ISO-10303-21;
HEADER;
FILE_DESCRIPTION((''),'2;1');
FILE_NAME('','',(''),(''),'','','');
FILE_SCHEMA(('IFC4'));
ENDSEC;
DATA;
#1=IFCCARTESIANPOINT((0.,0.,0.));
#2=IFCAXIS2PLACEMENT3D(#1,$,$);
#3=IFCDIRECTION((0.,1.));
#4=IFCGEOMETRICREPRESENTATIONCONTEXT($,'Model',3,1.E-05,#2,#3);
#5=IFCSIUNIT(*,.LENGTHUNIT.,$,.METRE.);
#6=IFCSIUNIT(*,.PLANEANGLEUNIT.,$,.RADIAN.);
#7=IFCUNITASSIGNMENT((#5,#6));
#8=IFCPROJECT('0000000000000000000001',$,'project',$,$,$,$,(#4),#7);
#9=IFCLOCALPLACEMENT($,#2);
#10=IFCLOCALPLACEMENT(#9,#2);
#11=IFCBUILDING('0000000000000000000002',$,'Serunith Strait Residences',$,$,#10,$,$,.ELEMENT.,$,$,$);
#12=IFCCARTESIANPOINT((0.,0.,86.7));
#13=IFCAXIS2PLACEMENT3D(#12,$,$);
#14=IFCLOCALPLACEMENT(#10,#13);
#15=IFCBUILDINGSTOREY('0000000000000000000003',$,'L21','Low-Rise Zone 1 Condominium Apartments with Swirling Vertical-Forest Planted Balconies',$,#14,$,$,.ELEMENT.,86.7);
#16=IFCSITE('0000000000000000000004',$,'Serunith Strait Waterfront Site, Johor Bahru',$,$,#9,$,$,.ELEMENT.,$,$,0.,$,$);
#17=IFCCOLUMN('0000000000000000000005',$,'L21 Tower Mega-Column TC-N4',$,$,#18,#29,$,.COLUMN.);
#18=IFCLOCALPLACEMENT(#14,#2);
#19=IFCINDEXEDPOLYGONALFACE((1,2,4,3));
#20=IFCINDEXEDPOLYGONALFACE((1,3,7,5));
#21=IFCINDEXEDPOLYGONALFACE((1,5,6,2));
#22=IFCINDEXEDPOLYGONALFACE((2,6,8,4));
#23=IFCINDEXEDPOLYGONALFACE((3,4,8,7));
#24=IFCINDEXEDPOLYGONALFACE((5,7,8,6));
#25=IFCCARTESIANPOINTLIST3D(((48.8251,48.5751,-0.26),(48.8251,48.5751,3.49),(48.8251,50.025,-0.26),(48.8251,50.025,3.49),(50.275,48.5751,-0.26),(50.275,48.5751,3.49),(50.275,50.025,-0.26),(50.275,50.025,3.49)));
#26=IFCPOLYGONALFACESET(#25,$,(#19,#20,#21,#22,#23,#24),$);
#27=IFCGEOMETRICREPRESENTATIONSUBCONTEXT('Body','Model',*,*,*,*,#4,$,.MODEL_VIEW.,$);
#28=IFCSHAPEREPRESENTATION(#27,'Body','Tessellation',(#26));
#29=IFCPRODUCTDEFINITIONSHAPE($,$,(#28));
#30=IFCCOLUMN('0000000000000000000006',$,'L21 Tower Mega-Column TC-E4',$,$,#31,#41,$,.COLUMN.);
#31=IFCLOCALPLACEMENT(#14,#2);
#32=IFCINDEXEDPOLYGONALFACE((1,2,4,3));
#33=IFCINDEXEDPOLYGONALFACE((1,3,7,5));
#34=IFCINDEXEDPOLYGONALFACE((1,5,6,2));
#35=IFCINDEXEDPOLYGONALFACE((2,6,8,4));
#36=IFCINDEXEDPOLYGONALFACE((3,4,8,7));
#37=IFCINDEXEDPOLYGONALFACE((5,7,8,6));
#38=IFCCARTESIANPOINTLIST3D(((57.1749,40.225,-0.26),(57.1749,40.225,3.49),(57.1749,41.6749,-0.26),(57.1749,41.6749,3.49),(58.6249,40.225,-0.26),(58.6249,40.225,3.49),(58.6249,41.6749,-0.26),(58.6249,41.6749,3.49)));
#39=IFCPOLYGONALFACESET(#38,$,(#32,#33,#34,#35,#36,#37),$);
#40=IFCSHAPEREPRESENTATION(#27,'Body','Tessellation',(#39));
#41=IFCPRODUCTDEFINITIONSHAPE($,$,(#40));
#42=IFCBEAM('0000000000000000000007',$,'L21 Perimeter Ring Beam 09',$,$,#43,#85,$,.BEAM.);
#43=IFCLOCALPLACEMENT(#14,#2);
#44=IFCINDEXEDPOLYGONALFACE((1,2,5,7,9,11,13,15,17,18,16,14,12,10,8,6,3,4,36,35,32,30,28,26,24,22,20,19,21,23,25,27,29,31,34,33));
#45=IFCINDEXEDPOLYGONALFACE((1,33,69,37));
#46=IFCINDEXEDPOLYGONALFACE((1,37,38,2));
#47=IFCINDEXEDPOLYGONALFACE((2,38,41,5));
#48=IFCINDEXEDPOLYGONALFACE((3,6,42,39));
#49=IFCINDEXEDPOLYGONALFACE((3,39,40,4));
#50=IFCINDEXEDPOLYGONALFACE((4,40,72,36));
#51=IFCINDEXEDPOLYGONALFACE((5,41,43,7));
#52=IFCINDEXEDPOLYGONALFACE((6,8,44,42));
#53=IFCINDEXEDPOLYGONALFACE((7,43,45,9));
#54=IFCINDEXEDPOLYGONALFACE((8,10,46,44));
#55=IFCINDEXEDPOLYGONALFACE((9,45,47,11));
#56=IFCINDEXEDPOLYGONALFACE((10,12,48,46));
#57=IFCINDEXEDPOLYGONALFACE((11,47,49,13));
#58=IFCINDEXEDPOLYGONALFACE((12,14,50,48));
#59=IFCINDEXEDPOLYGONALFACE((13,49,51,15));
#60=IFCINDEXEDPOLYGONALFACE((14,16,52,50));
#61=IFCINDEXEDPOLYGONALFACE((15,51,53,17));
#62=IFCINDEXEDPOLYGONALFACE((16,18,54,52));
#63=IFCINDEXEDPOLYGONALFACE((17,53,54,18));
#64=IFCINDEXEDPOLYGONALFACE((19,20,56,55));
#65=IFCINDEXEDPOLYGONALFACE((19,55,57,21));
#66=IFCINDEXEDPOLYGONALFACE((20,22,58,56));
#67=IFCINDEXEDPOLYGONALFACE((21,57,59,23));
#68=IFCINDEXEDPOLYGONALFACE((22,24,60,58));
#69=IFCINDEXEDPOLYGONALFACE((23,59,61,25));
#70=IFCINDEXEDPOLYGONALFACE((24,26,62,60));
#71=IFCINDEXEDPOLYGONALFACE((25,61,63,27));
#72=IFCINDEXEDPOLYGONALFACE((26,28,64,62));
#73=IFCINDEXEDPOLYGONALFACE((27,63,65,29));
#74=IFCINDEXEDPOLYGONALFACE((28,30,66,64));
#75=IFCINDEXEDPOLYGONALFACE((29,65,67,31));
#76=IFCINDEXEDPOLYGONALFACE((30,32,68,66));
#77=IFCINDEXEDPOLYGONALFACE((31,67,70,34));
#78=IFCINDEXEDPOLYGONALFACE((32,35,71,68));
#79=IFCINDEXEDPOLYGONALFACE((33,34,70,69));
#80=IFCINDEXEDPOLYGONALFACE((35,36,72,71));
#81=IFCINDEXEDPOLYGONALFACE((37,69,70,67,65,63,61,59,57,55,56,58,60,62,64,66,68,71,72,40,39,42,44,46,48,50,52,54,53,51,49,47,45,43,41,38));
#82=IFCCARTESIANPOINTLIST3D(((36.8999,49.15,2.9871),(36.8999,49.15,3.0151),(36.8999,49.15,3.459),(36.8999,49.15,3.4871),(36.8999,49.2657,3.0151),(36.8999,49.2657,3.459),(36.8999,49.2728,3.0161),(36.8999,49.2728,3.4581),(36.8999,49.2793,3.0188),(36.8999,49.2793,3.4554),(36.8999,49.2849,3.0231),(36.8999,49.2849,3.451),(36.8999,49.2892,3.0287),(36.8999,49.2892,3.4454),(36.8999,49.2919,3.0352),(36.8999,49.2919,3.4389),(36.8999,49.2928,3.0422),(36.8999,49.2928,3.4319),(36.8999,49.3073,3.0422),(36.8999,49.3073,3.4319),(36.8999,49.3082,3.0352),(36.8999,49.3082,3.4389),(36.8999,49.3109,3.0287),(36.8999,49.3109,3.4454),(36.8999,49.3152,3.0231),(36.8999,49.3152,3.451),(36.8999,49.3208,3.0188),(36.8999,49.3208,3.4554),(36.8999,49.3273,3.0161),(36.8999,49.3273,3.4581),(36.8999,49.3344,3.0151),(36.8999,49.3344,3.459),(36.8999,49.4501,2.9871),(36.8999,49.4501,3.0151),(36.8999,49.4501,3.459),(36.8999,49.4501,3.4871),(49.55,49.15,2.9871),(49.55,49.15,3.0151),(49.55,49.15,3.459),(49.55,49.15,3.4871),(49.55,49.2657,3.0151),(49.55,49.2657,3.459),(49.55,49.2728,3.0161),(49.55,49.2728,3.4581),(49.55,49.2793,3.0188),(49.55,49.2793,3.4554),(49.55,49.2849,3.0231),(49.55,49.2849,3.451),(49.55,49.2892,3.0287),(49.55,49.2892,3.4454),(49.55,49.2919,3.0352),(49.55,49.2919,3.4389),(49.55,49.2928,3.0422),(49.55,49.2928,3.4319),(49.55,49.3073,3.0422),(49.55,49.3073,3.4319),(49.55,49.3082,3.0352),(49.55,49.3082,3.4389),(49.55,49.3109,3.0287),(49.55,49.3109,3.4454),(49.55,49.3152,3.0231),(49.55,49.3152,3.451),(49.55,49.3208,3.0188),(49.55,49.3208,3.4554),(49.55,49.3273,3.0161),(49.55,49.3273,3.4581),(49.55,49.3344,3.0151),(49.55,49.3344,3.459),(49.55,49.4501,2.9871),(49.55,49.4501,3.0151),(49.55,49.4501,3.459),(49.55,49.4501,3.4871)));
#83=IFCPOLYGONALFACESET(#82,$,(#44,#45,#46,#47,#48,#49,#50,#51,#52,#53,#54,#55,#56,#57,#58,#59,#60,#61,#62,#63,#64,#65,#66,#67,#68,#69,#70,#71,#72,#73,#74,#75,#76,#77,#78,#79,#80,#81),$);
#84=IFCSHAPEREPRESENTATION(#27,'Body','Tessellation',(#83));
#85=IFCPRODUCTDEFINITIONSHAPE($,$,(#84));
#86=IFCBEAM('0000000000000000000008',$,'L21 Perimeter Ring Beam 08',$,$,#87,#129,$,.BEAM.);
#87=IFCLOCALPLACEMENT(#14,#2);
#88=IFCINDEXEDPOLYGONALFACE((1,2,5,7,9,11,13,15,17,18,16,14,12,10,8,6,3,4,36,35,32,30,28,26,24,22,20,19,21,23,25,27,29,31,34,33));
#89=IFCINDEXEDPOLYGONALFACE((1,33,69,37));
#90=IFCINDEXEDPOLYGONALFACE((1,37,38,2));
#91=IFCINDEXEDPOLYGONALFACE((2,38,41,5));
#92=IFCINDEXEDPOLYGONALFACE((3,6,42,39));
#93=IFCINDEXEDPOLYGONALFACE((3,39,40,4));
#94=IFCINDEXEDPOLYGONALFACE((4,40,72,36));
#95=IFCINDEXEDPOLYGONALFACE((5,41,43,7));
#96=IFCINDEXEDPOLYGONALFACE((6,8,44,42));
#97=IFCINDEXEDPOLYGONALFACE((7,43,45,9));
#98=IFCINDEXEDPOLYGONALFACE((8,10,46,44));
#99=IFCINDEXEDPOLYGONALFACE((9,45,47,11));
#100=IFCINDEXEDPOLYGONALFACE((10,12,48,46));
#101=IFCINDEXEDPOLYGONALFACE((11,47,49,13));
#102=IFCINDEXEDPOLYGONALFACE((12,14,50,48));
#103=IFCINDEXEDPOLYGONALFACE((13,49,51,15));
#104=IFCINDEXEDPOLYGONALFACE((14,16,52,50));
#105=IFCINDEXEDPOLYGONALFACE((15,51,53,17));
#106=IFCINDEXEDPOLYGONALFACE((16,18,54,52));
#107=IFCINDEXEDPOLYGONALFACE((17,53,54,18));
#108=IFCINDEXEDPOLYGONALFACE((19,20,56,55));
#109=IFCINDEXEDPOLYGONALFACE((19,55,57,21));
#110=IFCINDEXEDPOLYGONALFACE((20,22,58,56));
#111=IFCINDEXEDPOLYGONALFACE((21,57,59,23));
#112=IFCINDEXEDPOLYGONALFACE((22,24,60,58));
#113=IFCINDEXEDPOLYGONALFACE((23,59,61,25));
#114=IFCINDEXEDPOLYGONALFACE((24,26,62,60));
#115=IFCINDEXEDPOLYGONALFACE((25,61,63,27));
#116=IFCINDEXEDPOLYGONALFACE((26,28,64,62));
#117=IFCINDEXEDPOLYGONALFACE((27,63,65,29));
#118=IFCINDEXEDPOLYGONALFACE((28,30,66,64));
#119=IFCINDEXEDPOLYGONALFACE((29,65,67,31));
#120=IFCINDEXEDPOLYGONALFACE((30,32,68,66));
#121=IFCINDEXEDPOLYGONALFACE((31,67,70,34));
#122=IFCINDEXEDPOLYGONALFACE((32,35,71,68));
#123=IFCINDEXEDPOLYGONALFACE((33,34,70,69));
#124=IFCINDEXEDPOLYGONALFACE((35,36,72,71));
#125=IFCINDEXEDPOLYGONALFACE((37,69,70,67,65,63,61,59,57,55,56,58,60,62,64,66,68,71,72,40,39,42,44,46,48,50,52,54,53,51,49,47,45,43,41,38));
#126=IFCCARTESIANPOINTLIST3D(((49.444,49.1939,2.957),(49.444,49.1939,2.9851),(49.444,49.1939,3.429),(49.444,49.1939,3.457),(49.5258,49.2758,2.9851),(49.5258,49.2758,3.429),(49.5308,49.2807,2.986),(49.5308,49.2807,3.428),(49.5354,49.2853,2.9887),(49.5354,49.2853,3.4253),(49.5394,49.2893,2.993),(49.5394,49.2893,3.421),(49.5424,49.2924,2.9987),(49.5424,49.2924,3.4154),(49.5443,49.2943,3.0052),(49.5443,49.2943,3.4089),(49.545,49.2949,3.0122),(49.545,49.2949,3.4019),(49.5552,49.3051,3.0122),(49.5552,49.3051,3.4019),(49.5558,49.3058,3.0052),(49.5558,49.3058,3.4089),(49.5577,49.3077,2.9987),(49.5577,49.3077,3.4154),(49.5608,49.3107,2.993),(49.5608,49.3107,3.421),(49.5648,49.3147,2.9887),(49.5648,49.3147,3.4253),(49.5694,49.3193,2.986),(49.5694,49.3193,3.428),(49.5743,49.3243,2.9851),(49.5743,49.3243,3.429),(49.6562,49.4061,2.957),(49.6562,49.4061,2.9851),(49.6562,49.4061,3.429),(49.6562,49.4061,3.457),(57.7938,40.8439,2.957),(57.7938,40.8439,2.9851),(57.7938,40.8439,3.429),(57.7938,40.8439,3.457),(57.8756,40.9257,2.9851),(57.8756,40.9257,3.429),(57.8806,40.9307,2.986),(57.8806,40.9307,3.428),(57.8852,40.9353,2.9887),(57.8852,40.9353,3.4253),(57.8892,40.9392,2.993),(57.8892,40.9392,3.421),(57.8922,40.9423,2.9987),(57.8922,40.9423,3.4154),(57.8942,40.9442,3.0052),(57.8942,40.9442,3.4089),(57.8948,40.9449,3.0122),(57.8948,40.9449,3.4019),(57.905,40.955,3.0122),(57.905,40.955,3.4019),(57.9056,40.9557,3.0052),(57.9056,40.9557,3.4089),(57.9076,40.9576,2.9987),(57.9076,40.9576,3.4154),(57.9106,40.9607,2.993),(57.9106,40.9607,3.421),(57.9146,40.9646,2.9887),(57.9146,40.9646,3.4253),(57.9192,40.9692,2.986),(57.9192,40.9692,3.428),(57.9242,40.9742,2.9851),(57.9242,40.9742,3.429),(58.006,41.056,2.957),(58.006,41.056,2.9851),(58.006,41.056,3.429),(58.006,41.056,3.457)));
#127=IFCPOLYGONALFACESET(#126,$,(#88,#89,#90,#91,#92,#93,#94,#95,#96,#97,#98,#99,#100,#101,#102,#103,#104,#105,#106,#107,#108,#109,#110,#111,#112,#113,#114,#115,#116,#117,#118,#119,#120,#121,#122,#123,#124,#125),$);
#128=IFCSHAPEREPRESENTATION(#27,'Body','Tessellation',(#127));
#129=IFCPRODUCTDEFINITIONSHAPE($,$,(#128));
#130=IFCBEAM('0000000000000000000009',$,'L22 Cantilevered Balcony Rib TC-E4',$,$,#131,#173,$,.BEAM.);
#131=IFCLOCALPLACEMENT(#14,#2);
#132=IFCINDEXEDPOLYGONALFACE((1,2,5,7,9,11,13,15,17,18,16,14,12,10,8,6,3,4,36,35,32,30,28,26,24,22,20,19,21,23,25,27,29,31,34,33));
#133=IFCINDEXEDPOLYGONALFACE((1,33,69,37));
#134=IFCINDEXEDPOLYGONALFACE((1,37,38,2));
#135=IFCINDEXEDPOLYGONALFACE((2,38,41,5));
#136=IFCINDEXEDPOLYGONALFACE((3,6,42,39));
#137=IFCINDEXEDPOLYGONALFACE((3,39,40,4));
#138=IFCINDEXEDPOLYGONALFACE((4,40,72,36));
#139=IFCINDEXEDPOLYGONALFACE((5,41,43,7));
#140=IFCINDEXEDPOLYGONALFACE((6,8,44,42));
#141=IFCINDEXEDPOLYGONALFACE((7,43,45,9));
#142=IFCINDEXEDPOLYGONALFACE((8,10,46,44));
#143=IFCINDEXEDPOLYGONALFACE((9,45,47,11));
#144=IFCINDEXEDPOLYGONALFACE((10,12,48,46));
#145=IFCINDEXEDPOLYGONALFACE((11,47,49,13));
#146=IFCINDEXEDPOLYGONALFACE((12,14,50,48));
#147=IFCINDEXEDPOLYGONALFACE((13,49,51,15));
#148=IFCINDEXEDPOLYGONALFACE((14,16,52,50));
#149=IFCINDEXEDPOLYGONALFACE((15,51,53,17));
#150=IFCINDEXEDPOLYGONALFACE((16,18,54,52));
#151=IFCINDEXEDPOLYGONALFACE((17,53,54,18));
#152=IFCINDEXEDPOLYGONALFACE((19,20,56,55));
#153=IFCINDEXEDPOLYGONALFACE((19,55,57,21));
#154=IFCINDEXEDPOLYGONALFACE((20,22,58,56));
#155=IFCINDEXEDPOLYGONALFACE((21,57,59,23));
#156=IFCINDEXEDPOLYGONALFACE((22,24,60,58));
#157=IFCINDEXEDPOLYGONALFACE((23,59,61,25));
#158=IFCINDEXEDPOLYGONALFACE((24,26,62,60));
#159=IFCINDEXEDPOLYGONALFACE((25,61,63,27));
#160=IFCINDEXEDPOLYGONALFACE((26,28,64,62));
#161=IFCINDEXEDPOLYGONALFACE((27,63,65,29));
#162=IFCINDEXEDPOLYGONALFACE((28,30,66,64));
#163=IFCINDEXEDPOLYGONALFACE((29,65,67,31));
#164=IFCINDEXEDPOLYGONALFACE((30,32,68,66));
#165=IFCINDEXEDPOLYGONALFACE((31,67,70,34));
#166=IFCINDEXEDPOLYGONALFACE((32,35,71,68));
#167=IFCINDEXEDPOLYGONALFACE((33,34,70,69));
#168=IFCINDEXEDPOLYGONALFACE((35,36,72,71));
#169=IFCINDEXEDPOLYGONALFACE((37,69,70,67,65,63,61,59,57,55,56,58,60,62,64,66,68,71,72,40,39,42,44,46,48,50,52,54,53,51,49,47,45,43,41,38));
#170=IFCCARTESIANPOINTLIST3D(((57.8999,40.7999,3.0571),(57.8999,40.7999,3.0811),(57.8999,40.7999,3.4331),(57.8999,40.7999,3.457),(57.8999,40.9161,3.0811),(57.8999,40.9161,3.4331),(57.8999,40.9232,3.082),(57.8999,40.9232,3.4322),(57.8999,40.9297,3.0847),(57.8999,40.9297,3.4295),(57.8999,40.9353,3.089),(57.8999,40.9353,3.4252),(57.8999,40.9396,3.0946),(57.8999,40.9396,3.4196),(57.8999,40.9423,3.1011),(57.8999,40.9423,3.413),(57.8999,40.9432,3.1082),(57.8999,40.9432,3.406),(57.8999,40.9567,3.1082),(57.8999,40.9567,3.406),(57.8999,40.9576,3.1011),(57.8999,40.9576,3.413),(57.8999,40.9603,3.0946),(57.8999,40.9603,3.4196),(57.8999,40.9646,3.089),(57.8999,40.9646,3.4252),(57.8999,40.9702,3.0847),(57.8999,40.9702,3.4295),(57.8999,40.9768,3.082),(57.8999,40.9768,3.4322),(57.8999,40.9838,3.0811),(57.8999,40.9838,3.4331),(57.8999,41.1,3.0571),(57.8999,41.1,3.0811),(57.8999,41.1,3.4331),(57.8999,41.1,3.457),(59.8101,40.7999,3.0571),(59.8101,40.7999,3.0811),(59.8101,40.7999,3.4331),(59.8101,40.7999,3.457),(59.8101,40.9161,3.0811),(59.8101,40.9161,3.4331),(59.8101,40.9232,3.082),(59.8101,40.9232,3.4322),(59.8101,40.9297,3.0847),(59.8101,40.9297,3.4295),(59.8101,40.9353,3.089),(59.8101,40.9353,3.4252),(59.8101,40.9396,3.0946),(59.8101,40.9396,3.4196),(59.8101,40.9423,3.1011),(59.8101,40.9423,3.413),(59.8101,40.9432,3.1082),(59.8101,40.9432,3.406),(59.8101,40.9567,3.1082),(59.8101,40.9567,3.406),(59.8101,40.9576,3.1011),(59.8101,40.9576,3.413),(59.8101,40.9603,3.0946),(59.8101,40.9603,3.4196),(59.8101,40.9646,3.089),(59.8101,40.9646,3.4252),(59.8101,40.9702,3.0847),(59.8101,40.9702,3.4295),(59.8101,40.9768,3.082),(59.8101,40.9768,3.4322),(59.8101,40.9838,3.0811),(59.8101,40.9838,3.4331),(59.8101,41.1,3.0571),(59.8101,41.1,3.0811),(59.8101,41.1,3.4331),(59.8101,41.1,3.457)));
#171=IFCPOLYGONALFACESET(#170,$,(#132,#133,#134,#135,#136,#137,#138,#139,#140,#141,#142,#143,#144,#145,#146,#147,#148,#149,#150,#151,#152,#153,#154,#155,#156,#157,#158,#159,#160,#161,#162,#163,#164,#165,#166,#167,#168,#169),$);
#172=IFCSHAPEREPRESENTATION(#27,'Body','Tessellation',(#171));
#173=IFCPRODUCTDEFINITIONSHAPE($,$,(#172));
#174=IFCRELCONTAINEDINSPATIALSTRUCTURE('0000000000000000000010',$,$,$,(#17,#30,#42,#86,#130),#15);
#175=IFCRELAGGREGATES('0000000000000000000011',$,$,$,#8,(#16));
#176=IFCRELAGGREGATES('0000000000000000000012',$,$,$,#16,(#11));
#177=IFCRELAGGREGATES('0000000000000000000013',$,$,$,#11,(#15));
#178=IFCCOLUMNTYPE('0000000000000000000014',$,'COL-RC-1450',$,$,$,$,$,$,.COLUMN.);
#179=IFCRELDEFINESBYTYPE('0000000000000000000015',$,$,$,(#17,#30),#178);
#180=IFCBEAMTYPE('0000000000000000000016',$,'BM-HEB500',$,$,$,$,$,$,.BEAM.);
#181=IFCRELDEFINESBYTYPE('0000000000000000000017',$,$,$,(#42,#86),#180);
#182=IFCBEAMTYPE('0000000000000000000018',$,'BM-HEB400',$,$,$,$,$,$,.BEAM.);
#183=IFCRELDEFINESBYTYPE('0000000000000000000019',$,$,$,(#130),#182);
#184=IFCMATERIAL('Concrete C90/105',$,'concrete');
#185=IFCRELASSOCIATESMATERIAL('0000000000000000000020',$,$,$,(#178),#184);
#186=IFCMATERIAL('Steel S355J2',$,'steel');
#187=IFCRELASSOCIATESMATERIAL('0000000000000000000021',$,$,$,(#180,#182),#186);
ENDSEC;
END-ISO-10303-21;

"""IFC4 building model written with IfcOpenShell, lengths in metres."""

from ifc_helpers import new_model, si_unit, direction, frame, origin, origin_2d, place, context, subcontext, project, spatial, rectangle, i_section, extrude, source, transform, mapped, material, material_profile, profile_set, type_object, element, save


model = new_model("IFC4")

# Units and contexts
model_context = context("Model", 3, precision=1e-05, world=origin(), true_north=direction((0.0, 1.0)))
body_context = subcontext(model_context, "Body", "Model", "MODEL_VIEW")
ifc_project = project(units=[si_unit("LENGTHUNIT", "METRE"), si_unit("PLANEANGLEUNIT", "RADIAN")], contexts=[model_context])

# Site, building, storey
site_placement = place(None, origin())
site = spatial("IfcSite", under=ifc_project, at=site_placement, Name="Serunith Strait Waterfront Site, Johor Bahru", CompositionType="ELEMENT", RefElevation=0.0)
building_placement = place(site_placement, origin())
building = spatial("IfcBuilding", under=site, at=building_placement, Name="Serunith Strait Residences", CompositionType="ELEMENT")
storey_placement = place(building_placement, frame((0.0, 0.0, 86.7)))
storey = spatial("IfcBuildingStorey", under=building, at=storey_placement, Name="L21", Description="Low-Rise Zone 1 Condominium Apartments with Swirling Vertical-Forest Planted Balconies", CompositionType="ELEMENT", Elevation=86.7)

# Columns
ifc_material_1 = material(Name="Concrete C90/105", Category="concrete")
ifc_material_profile_1 = material_profile(ifc_material_1, rectangle(XDim=1.45, YDim=1.45, at=origin_2d()), Name="RC 1450x1450")
ifc_profile_set_1 = profile_set([ifc_material_profile_1], Name="Concrete C90/105")
column_type = type_object("IfcColumnType", Name="COL-RC-1450", PredefinedType="COLUMN", material=ifc_profile_set_1)
shared_shape_1 = source(origin(), body_context, "Body", "SweptSolid", [
    extrude(rectangle(XDim=1.45, YDim=1.45, at=origin_2d()), origin(), (0.0, 0.0, 1.0), 3.75),
])
for number, where, z_axis, x_axis, name in (
    (1, (49.55, 49.3, -0.26), (0.0, 0.0, 1.0), (1.0, 0.0, 0.0), "L21 Tower Mega-Column TC-N4"),
    (2, (57.8999, 40.95, -0.26), (0.0, 0.0, 1.0), (1.0, 0.0, 0.0), "L21 Tower Mega-Column TC-E4"),
):
    element("IfcColumn", number, at=place(storey_placement, frame(where, z_axis=z_axis, x_axis=x_axis)), inside=storey, type_object=column_type, Name=name, PredefinedType="COLUMN", context=body_context, shape_type="MappedRepresentation", body=[
        mapped(shared_shape_1, transform((0.0, 0.0, 0.0), scale=1.0)),
    ])

# Beams
ifc_material_2 = material(Name="Steel S355J2", Category="steel")
ifc_material_profile_2 = material_profile(ifc_material_2, i_section(OverallWidth=0.3, OverallDepth=0.5, WebThickness=0.0144, FlangeThickness=0.0281, FilletRadius=0.0271, at=origin_2d()), Name="HEB 500")
ifc_profile_set_2 = profile_set([ifc_material_profile_2], Name="Steel S355J2")
beam_type_1 = type_object("IfcBeamType", Name="BM-HEB500", PredefinedType="BEAM", material=ifc_profile_set_2)
shared_shape_2 = source(origin(), body_context, "Body", "SweptSolid", [
    extrude(i_section(OverallWidth=0.3, OverallDepth=0.5, WebThickness=0.0144, FlangeThickness=0.0281, FilletRadius=0.0271, at=origin_2d()), origin(), (0.0, 0.0, 1.0), 12.6501),
])
beam_1_placement = place(storey_placement, frame((49.55, 49.3, 3.2371), z_axis=(-1.0, 0.0, 0.0), x_axis=(0.0, -1.0, 0.0)))
element("IfcBeam", 3, at=beam_1_placement, inside=storey, type_object=beam_type_1, Name="L21 Perimeter Ring Beam 09", PredefinedType="BEAM", context=body_context, shape_type="MappedRepresentation", body=[
    mapped(shared_shape_2, transform((0.0, 0.0, 0.0), scale=1.0)),
])
shared_shape_3 = source(origin(), body_context, "Body", "SweptSolid", [
    extrude(i_section(OverallWidth=0.3, OverallDepth=0.5, WebThickness=0.0144, FlangeThickness=0.0281, FilletRadius=0.0271, at=origin_2d()), origin(), (0.0, 0.0, 1.0), 11.8086),
])
beam_2_placement = place(storey_placement, frame((57.8999, 40.95, 3.207), z_axis=(-0.707096, 0.707117, 0.0), x_axis=(-0.707117, -0.707096, 0.0)))
element("IfcBeam", 4, at=beam_2_placement, inside=storey, type_object=beam_type_1, Name="L21 Perimeter Ring Beam 08", PredefinedType="BEAM", context=body_context, shape_type="MappedRepresentation", body=[
    mapped(shared_shape_3, transform((0.0, 0.0, 0.0), scale=1.0)),
])
ifc_material_profile_3 = material_profile(ifc_material_2, i_section(OverallWidth=0.3, OverallDepth=0.3999, WebThickness=0.0134, FlangeThickness=0.0239, FilletRadius=0.0271, at=origin_2d()), Name="HEB 400")
ifc_profile_set_3 = profile_set([ifc_material_profile_3], Name="Steel S355J2")
beam_type_2 = type_object("IfcBeamType", Name="BM-HEB400", PredefinedType="BEAM", material=ifc_profile_set_3)
shared_shape_4 = source(origin(), body_context, "Body", "SweptSolid", [
    extrude(i_section(OverallWidth=0.3, OverallDepth=0.3999, WebThickness=0.0134, FlangeThickness=0.0239, FilletRadius=0.0271, at=origin_2d()), origin(), (0.0, 0.0, 1.0), 1.9102),
])
beam_3_placement = place(storey_placement, frame((57.8999, 40.95, 3.2571), z_axis=(1.0, 0.0, 0.0), x_axis=(0.0, 1.0, 0.0)))
element("IfcBeam", 5, at=beam_3_placement, inside=storey, type_object=beam_type_2, Name="L22 Cantilevered Balcony Rib TC-E4", PredefinedType="BEAM", context=body_context, shape_type="MappedRepresentation", body=[
    mapped(shared_shape_4, transform((0.0, 0.0, 0.0), scale=1.0)),
])

save(model, "model.ifc")
